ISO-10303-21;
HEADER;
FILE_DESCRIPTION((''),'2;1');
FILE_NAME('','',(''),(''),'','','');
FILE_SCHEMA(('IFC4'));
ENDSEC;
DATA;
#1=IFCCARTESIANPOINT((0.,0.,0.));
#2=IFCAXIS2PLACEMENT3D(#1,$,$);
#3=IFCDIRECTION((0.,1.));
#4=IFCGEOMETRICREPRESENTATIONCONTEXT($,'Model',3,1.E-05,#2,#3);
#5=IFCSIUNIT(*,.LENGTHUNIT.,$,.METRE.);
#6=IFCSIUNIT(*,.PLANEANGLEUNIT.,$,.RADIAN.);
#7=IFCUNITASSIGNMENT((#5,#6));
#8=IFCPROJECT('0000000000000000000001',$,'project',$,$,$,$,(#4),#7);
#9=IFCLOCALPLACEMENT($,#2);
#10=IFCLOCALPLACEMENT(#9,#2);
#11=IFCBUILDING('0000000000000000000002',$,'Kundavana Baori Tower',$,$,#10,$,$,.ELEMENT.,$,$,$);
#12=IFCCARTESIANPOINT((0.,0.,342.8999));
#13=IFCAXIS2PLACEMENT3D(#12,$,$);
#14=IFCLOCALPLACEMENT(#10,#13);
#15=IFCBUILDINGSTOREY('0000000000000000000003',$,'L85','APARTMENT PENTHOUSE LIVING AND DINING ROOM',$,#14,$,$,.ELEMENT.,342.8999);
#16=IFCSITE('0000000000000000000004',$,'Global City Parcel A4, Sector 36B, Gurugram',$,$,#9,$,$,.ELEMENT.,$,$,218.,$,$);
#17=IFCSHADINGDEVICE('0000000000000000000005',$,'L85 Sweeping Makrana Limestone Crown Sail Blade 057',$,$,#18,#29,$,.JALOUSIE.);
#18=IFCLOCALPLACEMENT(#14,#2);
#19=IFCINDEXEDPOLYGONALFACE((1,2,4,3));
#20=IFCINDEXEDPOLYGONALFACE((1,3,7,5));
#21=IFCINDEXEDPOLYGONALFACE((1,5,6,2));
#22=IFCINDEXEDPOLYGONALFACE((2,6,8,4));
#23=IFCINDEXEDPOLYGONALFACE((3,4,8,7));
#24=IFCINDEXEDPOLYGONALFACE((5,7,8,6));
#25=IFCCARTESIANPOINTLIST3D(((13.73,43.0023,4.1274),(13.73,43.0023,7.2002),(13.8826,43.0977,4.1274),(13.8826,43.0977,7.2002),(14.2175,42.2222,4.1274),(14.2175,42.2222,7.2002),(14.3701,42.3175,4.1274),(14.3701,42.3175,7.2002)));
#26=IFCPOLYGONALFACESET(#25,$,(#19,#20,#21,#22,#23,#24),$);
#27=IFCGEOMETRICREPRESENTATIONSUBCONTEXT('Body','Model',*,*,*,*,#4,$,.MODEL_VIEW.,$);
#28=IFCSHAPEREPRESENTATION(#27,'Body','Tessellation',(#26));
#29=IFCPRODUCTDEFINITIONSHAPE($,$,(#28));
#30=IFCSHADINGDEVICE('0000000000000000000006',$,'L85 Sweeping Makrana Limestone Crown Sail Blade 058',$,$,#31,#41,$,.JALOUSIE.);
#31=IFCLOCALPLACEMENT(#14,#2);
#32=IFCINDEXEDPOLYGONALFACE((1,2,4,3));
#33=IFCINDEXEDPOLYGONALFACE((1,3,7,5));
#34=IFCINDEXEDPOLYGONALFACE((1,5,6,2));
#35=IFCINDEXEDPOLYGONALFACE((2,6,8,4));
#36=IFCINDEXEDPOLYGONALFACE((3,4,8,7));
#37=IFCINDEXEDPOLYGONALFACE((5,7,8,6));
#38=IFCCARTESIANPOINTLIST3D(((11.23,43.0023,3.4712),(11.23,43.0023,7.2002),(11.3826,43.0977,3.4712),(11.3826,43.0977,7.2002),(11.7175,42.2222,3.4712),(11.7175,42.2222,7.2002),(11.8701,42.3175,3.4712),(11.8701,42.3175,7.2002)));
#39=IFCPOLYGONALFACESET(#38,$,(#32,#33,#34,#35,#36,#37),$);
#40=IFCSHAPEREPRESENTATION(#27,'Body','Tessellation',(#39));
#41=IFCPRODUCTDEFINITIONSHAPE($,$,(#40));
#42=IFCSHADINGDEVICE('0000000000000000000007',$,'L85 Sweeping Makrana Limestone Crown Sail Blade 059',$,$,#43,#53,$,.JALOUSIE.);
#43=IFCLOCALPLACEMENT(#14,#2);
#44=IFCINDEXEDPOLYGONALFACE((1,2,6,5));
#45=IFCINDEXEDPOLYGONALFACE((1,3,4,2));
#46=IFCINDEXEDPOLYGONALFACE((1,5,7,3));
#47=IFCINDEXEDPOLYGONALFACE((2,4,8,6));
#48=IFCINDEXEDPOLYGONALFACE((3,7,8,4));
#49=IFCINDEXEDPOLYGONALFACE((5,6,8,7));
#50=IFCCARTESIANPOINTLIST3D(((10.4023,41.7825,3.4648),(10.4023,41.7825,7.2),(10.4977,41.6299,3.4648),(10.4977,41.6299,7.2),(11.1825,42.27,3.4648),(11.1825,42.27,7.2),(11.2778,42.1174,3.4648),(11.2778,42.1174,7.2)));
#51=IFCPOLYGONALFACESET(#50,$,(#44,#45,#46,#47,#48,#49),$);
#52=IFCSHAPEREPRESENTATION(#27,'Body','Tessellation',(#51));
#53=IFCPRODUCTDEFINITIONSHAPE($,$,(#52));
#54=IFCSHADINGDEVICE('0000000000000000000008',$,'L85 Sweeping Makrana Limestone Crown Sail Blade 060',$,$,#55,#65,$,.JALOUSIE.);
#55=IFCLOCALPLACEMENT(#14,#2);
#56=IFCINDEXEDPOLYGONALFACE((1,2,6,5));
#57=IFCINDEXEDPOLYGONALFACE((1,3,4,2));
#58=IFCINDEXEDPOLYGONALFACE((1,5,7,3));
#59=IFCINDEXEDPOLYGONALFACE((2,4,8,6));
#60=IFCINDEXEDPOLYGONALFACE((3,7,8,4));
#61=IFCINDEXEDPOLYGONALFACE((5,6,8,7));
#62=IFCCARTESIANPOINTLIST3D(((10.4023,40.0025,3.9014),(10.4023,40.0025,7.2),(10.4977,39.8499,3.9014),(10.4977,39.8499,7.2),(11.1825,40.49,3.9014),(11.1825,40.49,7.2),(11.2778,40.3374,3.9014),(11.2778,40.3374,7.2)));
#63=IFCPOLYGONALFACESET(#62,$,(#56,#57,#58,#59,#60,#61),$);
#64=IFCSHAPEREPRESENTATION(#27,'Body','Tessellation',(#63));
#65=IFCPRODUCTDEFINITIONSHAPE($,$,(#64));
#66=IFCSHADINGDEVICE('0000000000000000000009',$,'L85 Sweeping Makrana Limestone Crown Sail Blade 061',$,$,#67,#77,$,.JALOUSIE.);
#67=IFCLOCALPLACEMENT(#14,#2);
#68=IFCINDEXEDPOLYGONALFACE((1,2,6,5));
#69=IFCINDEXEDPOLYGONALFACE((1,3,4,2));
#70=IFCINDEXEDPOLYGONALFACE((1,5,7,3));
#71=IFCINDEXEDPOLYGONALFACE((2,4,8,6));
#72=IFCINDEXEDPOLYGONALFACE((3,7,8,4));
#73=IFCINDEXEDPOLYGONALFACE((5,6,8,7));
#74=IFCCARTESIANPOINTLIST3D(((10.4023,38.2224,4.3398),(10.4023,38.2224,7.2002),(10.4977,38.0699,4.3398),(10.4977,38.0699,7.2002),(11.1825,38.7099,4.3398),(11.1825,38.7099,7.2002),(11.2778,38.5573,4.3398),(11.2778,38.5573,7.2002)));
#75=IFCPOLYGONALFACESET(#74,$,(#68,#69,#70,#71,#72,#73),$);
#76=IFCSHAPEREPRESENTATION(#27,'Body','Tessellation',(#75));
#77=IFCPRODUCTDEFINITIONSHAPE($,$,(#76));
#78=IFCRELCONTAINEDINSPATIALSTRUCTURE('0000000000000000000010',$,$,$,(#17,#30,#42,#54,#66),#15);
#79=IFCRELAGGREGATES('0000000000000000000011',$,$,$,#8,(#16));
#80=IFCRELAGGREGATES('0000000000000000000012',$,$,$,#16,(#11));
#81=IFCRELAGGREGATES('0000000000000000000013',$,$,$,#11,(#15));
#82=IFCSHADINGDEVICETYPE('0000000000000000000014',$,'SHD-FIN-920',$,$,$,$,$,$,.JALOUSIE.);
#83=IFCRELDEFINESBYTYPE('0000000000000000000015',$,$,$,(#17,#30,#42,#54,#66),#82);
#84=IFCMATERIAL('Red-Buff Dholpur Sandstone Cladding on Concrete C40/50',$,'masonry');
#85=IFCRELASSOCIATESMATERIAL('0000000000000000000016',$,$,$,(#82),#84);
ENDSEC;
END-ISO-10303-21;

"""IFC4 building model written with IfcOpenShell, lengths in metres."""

from ifc_helpers import new_model, si_unit, direction, frame, origin, origin_2d, place, context, subcontext, project, spatial, rectangle, extrude, material, type_object, element, save


model = new_model("IFC4")

# Units and contexts
model_context = context("Model", 3, precision=1e-05, world=origin(), true_north=direction((0.0, 1.0)))
body_context = subcontext(model_context, "Body", "Model", "MODEL_VIEW")
ifc_project = project(units=[si_unit("LENGTHUNIT", "METRE"), si_unit("PLANEANGLEUNIT", "RADIAN")], contexts=[model_context])

# Site, building, storey
site_placement = place(None, origin())
site = spatial("IfcSite", under=ifc_project, at=site_placement, Name="Global City Parcel A4, Sector 36B, Gurugram", CompositionType="ELEMENT", RefElevation=218.0)
building_placement = place(site_placement, origin())
building = spatial("IfcBuilding", under=site, at=building_placement, Name="Kundavana Baori Tower", CompositionType="ELEMENT")
storey_placement = place(building_placement, frame((0.0, 0.0, 342.8999)))
storey = spatial("IfcBuildingStorey", under=building, at=storey_placement, Name="L85", Description="APARTMENT PENTHOUSE LIVING AND DINING ROOM", CompositionType="ELEMENT", Elevation=342.8999)

# Shading devices
ifc_material_1 = material(Name="Red-Buff Dholpur Sandstone Cladding on Concrete C40/50", Category="masonry")
shading_device_type = type_object("IfcShadingDeviceType", Name="SHD-FIN-920", PredefinedType="JALOUSIE", material=ifc_material_1)
shading_device_1_placement = place(storey_placement, frame((14.05, 42.6599, 4.1274), z_axis=(0.0, 0.0, 1.0), x_axis=(0.848048, 0.529919, 0.0)))
element("IfcShadingDevice", 1, at=shading_device_1_placement, inside=storey, type_object=shading_device_type, Name="L85 Sweeping Makrana Limestone Crown Sail Blade 057", PredefinedType="JALOUSIE", context=body_context, shape_type="SweptSolid", body=[
    extrude(rectangle(XDim=0.1799, YDim=0.9199, at=origin_2d()), origin(), (0.0, 0.0, 1.0), 3.0728),
])
shading_device_2_placement = place(storey_placement, frame((11.55, 42.6599, 3.4712), z_axis=(0.0, 0.0, 1.0), x_axis=(0.848048, 0.529919, 0.0)))
element("IfcShadingDevice", 2, at=shading_device_2_placement, inside=storey, type_object=shading_device_type, Name="L85 Sweeping Makrana Limestone Crown Sail Blade 058", PredefinedType="JALOUSIE", context=body_context, shape_type="SweptSolid", body=[
    extrude(rectangle(XDim=0.1799, YDim=0.9199, at=origin_2d()), origin(), (0.0, 0.0, 1.0), 3.729),
])
shading_device_3_placement = place(storey_placement, frame((10.8401, 41.95, 3.4648), z_axis=(0.0, 0.0, 1.0), x_axis=(-0.529919, 0.848048, 0.0)))
element("IfcShadingDevice", 3, at=shading_device_3_placement, inside=storey, type_object=shading_device_type, Name="L85 Sweeping Makrana Limestone Crown Sail Blade 059", PredefinedType="JALOUSIE", context=body_context, shape_type="SweptSolid", body=[
    extrude(rectangle(XDim=0.1799, YDim=0.9199, at=origin_2d()), origin(), (0.0, 0.0, 1.0), 3.7351),
])
shading_device_4_placement = place(storey_placement, frame((10.8401, 40.1699, 3.9014), z_axis=(0.0, 0.0, 1.0), x_axis=(-0.529919, 0.848048, 0.0)))
element("IfcShadingDevice", 4, at=shading_device_4_placement, inside=storey, type_object=shading_device_type, Name="L85 Sweeping Makrana Limestone Crown Sail Blade 060", PredefinedType="JALOUSIE", context=body_context, shape_type="SweptSolid", body=[
    extrude(rectangle(XDim=0.1799, YDim=0.9199, at=origin_2d()), origin(), (0.0, 0.0, 1.0), 3.2986),
])
shading_device_5_placement = place(storey_placement, frame((10.8401, 38.3899, 4.3398), z_axis=(0.0, 0.0, 1.0), x_axis=(-0.529919, 0.848048, 0.0)))
element("IfcShadingDevice", 5, at=shading_device_5_placement, inside=storey, type_object=shading_device_type, Name="L85 Sweeping Makrana Limestone Crown Sail Blade 061", PredefinedType="JALOUSIE", context=body_context, shape_type="SweptSolid", body=[
    extrude(rectangle(XDim=0.1799, YDim=0.9199, at=origin_2d()), origin(), (0.0, 0.0, 1.0), 2.8604),
])

save(model, "model.ifc")
